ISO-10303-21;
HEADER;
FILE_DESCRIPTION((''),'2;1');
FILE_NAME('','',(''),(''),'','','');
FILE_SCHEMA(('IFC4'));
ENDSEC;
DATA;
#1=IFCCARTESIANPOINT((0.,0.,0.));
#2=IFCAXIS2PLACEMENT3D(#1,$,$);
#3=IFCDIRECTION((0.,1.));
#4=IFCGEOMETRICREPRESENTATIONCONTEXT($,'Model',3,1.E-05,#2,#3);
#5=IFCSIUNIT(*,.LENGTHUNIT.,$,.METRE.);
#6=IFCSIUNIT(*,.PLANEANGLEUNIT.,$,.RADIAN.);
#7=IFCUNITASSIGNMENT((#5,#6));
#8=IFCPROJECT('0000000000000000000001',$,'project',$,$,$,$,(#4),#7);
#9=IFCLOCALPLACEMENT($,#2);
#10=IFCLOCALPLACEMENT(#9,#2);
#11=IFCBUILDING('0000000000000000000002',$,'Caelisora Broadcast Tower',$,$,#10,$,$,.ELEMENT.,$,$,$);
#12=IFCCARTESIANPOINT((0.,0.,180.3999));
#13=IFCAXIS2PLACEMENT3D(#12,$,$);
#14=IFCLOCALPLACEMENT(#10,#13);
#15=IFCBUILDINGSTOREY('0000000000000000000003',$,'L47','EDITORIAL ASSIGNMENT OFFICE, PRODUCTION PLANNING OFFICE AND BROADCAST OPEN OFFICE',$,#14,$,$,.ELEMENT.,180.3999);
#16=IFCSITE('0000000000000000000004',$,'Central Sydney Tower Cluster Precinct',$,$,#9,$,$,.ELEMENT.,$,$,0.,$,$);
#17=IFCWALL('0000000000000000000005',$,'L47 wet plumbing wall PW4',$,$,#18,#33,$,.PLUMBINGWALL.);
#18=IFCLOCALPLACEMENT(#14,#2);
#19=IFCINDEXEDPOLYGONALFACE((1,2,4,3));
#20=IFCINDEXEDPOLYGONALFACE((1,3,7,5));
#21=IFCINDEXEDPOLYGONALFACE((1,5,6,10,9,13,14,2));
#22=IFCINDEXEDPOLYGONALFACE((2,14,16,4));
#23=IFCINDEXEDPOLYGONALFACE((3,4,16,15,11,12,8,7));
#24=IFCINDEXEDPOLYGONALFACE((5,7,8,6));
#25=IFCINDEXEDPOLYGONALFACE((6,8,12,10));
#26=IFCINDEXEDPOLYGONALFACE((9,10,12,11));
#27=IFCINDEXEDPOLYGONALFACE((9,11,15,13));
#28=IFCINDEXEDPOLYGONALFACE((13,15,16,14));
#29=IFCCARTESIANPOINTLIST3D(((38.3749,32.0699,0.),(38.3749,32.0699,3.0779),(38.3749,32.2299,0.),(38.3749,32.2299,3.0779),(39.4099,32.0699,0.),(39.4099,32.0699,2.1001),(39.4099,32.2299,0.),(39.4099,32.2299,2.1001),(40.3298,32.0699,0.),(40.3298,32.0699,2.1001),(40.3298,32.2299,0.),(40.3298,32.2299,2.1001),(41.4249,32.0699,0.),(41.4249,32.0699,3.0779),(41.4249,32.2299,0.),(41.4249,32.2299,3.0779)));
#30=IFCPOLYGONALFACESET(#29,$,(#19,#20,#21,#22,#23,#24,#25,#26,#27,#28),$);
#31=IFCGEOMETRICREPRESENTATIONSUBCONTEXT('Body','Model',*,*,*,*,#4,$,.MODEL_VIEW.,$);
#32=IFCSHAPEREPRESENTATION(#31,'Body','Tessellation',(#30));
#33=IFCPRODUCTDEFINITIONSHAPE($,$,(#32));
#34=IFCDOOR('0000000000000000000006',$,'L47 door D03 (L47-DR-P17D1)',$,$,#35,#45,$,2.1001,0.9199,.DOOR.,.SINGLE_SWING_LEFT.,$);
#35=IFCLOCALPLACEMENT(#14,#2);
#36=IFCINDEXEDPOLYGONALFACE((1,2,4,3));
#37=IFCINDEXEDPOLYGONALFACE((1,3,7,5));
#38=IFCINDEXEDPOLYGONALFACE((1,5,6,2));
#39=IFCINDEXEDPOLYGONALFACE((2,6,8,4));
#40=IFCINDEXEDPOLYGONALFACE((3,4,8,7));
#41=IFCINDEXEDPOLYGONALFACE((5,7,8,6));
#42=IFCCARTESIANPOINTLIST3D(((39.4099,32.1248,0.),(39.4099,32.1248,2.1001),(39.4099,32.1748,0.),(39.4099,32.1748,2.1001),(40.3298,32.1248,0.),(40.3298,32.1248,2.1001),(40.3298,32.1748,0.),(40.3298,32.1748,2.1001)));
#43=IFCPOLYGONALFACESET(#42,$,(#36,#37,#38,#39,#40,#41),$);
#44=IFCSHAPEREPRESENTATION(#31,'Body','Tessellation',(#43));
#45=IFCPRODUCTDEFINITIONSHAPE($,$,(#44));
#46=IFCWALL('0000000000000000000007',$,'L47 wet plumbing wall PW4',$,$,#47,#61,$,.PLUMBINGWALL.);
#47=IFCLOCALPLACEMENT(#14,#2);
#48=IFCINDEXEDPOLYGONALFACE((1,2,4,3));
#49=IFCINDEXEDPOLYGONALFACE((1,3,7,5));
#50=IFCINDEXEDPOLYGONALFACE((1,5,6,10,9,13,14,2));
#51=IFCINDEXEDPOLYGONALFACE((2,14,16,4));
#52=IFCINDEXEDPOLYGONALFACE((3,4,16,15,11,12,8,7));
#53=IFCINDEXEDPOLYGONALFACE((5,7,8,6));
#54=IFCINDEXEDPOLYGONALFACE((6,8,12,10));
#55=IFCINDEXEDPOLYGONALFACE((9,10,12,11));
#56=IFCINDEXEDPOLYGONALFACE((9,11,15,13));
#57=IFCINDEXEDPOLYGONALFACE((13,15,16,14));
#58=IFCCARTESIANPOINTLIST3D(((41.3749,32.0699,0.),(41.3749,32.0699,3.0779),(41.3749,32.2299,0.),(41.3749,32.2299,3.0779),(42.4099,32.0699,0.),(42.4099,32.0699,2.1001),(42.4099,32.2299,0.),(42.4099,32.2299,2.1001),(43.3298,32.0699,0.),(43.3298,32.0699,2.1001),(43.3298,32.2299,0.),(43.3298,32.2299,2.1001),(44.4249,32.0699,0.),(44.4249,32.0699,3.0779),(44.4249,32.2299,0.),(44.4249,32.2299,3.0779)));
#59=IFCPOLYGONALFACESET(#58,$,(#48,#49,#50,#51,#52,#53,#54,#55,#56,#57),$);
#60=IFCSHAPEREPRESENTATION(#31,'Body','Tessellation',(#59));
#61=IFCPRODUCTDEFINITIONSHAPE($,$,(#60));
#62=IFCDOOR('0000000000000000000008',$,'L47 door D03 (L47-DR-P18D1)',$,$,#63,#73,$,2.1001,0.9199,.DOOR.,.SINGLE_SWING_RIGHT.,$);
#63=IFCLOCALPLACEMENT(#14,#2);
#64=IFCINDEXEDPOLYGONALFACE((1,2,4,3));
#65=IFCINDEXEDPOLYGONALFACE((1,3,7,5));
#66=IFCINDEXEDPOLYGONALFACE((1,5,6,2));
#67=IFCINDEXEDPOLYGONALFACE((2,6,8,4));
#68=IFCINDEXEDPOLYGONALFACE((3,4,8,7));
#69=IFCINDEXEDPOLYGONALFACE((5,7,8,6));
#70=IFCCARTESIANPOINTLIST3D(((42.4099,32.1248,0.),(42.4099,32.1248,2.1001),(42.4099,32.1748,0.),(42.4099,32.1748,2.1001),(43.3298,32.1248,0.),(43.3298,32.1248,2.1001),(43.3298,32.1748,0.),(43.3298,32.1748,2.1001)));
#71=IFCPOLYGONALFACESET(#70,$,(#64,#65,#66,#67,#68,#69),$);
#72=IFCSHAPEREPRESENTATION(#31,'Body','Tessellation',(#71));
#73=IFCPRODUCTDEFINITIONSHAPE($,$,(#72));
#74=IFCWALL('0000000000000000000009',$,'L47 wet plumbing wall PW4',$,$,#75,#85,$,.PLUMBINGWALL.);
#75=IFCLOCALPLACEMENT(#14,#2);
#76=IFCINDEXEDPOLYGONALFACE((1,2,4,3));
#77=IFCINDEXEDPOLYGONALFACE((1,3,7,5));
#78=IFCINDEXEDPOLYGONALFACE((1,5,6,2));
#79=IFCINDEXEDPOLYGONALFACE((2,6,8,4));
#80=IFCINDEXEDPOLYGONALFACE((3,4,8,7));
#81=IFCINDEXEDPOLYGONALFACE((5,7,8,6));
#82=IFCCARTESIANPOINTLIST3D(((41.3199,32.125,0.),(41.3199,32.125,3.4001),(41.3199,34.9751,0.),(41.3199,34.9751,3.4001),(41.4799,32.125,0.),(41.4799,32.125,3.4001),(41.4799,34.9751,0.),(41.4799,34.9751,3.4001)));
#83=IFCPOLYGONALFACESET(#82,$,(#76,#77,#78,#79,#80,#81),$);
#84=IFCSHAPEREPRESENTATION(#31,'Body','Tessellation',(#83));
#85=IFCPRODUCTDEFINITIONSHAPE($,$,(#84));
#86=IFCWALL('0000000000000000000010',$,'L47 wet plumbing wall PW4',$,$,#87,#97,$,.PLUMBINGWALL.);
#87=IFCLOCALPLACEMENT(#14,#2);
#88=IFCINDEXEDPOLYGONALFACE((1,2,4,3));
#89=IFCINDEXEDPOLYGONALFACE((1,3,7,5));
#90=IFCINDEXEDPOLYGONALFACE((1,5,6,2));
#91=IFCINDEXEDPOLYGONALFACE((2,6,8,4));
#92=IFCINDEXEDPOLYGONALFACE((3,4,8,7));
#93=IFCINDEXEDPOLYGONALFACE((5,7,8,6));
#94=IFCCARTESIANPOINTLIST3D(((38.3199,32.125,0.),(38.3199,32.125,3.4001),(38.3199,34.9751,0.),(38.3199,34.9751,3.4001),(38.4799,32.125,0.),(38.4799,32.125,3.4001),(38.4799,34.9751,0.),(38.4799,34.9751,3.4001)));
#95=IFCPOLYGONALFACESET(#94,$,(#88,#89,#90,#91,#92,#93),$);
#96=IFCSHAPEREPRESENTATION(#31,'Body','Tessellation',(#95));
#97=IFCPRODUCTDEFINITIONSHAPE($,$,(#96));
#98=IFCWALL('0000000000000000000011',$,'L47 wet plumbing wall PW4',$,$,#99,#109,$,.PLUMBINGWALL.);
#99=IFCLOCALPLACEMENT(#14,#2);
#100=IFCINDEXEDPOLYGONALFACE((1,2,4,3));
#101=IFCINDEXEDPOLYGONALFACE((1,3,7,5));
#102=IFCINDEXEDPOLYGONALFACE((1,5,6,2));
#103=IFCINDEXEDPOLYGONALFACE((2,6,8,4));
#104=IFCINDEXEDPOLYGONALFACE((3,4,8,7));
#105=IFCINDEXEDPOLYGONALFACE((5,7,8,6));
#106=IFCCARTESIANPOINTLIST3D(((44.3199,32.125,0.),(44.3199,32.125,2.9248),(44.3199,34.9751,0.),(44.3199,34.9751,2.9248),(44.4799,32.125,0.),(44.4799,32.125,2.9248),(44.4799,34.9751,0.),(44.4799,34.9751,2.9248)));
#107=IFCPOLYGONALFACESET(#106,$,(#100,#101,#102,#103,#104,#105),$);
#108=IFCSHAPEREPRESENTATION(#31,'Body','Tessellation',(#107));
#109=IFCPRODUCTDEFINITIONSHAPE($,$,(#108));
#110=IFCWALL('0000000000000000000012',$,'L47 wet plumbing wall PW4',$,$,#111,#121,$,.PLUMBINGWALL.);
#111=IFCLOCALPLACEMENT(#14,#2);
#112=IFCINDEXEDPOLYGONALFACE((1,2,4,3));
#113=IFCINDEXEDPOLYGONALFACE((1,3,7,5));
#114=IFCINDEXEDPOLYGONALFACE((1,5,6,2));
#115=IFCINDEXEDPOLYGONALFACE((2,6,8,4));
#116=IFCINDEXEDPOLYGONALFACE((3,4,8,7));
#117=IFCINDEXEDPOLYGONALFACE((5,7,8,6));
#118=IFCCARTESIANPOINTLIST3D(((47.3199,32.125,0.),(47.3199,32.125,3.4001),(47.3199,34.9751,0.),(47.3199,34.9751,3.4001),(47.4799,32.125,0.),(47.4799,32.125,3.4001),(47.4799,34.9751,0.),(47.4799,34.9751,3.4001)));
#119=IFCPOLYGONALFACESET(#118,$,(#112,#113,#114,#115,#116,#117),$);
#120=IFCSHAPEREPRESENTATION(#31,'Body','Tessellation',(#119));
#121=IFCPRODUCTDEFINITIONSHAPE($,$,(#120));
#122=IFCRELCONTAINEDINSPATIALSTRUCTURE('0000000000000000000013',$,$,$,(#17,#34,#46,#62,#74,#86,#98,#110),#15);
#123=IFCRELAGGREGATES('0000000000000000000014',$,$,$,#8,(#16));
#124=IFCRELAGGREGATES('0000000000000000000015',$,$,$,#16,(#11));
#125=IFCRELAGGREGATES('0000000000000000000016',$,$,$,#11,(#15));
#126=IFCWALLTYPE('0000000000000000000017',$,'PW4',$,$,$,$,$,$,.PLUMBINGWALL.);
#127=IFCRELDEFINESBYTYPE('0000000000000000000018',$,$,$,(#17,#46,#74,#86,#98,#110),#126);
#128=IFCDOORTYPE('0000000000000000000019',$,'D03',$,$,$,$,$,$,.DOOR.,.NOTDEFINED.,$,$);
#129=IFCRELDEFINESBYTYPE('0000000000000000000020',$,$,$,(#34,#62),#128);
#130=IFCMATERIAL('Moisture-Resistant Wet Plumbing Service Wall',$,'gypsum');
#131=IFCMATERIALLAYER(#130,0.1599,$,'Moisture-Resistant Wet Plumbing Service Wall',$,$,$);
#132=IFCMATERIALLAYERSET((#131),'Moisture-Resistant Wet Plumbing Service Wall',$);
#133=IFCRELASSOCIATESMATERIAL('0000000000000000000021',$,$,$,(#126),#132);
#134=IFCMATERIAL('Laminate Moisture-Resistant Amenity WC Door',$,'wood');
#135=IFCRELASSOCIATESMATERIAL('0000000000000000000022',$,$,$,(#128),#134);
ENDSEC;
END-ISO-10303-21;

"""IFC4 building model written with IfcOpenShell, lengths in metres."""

from ifc_helpers import new_model, si_unit, direction, frame, frame_2d, origin, place, context, subcontext, project, spatial, rectangle, extrude, material, layer, layer_set, type_object, element, fill, save


model = new_model("IFC4")

# Units and contexts
model_context = context("Model", 3, precision=1e-05, world=origin(), true_north=direction((0.0, 1.0)))
body_context = subcontext(model_context, "Body", "Model", "MODEL_VIEW")
ifc_project = project(units=[si_unit("LENGTHUNIT", "METRE"), si_unit("PLANEANGLEUNIT", "RADIAN")], contexts=[model_context])

# Site, building, storey
site_placement = place(None, origin())
site = spatial("IfcSite", under=ifc_project, at=site_placement, Name="Central Sydney Tower Cluster Precinct", CompositionType="ELEMENT", RefElevation=0.0)
building_placement = place(site_placement, origin())
building = spatial("IfcBuilding", under=site, at=building_placement, Name="Caelisora Broadcast Tower", CompositionType="ELEMENT")
storey_placement = place(building_placement, frame((0.0, 0.0, 180.3999)))
storey = spatial("IfcBuildingStorey", under=building, at=storey_placement, Name="L47", Description="EDITORIAL ASSIGNMENT OFFICE, PRODUCTION PLANNING OFFICE AND BROADCAST OPEN OFFICE", CompositionType="ELEMENT", Elevation=180.3999)

# Walls, openings, doors
ifc_material_1 = material(Name="Moisture-Resistant Wet Plumbing Service Wall", Category="gypsum")
ifc_layer_1 = layer(ifc_material_1, 0.1599, Name="Moisture-Resistant Wet Plumbing Service Wall")
ifc_layer_set_1 = layer_set([ifc_layer_1], Name="Moisture-Resistant Wet Plumbing Service Wall")
wall_type_1 = type_object("IfcWallType", Name="PW4", PredefinedType="PLUMBINGWALL", material=ifc_layer_set_1)
wall_1_placement = place(storey_placement, frame((38.375, 32.1499, 0.0), z_axis=(0.0, 0.0, 1.0), x_axis=(1.0, 0.0, 0.0)))
wall_1 = element("IfcWall", 1, at=wall_1_placement, inside=storey, type_object=wall_type_1, Name="L47 wet plumbing wall PW4", PredefinedType="PLUMBINGWALL", context=body_context, shape_type="SweptSolid", body=[
    extrude(rectangle(XDim=3.05, YDim=0.1599, at=frame_2d((1.5249, 0.0))), origin(), (0.0, 0.0, 1.0), 3.0779),
])
opening_1_placement = place(wall_1_placement, frame((1.0349, 0.0, 0.0)))
opening_1 = element("IfcOpeningElement", 2, at=opening_1_placement, cuts=wall_1, PredefinedType="OPENING", context=body_context, shape_type="SweptSolid", body=[
    extrude(rectangle(XDim=0.9199, YDim=2.1001, at=frame_2d((0.46, 1.05))), frame((0.0, 0.092, 0.0), z_axis=(0.0, -1.0, 0.0), x_axis=(1.0, 0.0, 0.0)), (0.0, 0.0, 1.0), 0.1838),
])
ifc_material_2 = material(Name="Laminate Moisture-Resistant Amenity WC Door", Category="wood")
door_type_1 = type_object("IfcDoorType", Name="D03", OperationType="NOTDEFINED", PredefinedType="DOOR", material=ifc_material_2)
door_1_placement = place(opening_1_placement, origin())
door_1 = element("IfcDoor", 3, at=door_1_placement, inside=storey, type_object=door_type_1, Name="L47 door D03 (L47-DR-P17D1)", OperationType="SINGLE_SWING_LEFT", OverallHeight=2.1001, OverallWidth=0.9199, PredefinedType="DOOR", context=body_context, shape_type="SweptSolid", body=[
    extrude(rectangle(XDim=0.9199, YDim=2.1001, at=frame_2d((0.46, 1.05))), frame((0.0, 0.0249, 0.0), z_axis=(0.0, -1.0, 0.0), x_axis=(1.0, 0.0, 0.0)), (0.0, 0.0, 1.0), 0.05),
])
fill(opening_1, door_1)
wall_2_placement = place(storey_placement, frame((41.375, 32.1499, 0.0), z_axis=(0.0, 0.0, 1.0), x_axis=(1.0, 0.0, 0.0)))
wall_2 = element("IfcWall", 4, at=wall_2_placement, inside=storey, type_object=wall_type_1, Name="L47 wet plumbing wall PW4", PredefinedType="PLUMBINGWALL", context=body_context, shape_type="SweptSolid", body=[
    extrude(rectangle(XDim=3.05, YDim=0.1599, at=frame_2d((1.5249, 0.0))), origin(), (0.0, 0.0, 1.0), 3.0779),
])
opening_2_placement = place(wall_2_placement, frame((1.0349, 0.0, 0.0)))
opening_2 = element("IfcOpeningElement", 5, at=opening_2_placement, cuts=wall_2, PredefinedType="OPENING", context=body_context, shape_type="SweptSolid", body=[
    extrude(rectangle(XDim=0.9199, YDim=2.1001, at=frame_2d((0.46, 1.05))), frame((0.0, 0.092, 0.0), z_axis=(0.0, -1.0, 0.0), x_axis=(1.0, 0.0, 0.0)), (0.0, 0.0, 1.0), 0.1838),
])
door_2_placement = place(opening_2_placement, origin())
door_2 = element("IfcDoor", 6, at=door_2_placement, inside=storey, type_object=door_type_1, Name="L47 door D03 (L47-DR-P18D1)", OperationType="SINGLE_SWING_RIGHT", OverallHeight=2.1001, OverallWidth=0.9199, PredefinedType="DOOR", context=body_context, shape_type="SweptSolid", body=[
    extrude(rectangle(XDim=0.9199, YDim=2.1001, at=frame_2d((0.46, 1.05))), frame((0.0, 0.0249, 0.0), z_axis=(0.0, -1.0, 0.0), x_axis=(1.0, 0.0, 0.0)), (0.0, 0.0, 1.0), 0.05),
])
fill(opening_2, door_2)

# Walls
for number, where, z_axis, x_axis, name in (
    (7, (41.3999, 32.125, 0.0), (0.0, 0.0, 1.0), (0.0, 1.0, 0.0), "L47 wet plumbing wall PW4"),
    (8, (38.3999, 32.125, 0.0), (0.0, 0.0, 1.0), (0.0, 1.0, 0.0), "L47 wet plumbing wall PW4"),
):
    element("IfcWall", number, at=place(storey_placement, frame(where, z_axis=z_axis, x_axis=x_axis)), inside=storey, type_object=wall_type_1, Name=name, PredefinedType="PLUMBINGWALL", context=body_context, shape_type="SweptSolid", body=[
        extrude(rectangle(XDim=2.8501, YDim=0.1599, at=frame_2d((1.425, 0.0))), origin(), (0.0, 0.0, 1.0), 3.4001),
    ])
wall_3_placement = place(storey_placement, frame((44.3999, 32.125, 0.0), z_axis=(0.0, 0.0, 1.0), x_axis=(0.0, 1.0, 0.0)))
element("IfcWall", 9, at=wall_3_placement, inside=storey, type_object=wall_type_1, Name="L47 wet plumbing wall PW4", PredefinedType="PLUMBINGWALL", context=body_context, shape_type="SweptSolid", body=[
    extrude(rectangle(XDim=2.8501, YDim=0.1599, at=frame_2d((1.425, 0.0))), origin(), (0.0, 0.0, 1.0), 2.9248),
])
wall_4_placement = place(storey_placement, frame((47.3999, 32.125, 0.0), z_axis=(0.0, 0.0, 1.0), x_axis=(0.0, 1.0, 0.0)))
element("IfcWall", 10, at=wall_4_placement, inside=storey, type_object=wall_type_1, Name="L47 wet plumbing wall PW4", PredefinedType="PLUMBINGWALL", context=body_context, shape_type="SweptSolid", body=[
    extrude(rectangle(XDim=2.8501, YDim=0.1599, at=frame_2d((1.425, 0.0))), origin(), (0.0, 0.0, 1.0), 3.4001),
])

save(model, "model.ifc")
